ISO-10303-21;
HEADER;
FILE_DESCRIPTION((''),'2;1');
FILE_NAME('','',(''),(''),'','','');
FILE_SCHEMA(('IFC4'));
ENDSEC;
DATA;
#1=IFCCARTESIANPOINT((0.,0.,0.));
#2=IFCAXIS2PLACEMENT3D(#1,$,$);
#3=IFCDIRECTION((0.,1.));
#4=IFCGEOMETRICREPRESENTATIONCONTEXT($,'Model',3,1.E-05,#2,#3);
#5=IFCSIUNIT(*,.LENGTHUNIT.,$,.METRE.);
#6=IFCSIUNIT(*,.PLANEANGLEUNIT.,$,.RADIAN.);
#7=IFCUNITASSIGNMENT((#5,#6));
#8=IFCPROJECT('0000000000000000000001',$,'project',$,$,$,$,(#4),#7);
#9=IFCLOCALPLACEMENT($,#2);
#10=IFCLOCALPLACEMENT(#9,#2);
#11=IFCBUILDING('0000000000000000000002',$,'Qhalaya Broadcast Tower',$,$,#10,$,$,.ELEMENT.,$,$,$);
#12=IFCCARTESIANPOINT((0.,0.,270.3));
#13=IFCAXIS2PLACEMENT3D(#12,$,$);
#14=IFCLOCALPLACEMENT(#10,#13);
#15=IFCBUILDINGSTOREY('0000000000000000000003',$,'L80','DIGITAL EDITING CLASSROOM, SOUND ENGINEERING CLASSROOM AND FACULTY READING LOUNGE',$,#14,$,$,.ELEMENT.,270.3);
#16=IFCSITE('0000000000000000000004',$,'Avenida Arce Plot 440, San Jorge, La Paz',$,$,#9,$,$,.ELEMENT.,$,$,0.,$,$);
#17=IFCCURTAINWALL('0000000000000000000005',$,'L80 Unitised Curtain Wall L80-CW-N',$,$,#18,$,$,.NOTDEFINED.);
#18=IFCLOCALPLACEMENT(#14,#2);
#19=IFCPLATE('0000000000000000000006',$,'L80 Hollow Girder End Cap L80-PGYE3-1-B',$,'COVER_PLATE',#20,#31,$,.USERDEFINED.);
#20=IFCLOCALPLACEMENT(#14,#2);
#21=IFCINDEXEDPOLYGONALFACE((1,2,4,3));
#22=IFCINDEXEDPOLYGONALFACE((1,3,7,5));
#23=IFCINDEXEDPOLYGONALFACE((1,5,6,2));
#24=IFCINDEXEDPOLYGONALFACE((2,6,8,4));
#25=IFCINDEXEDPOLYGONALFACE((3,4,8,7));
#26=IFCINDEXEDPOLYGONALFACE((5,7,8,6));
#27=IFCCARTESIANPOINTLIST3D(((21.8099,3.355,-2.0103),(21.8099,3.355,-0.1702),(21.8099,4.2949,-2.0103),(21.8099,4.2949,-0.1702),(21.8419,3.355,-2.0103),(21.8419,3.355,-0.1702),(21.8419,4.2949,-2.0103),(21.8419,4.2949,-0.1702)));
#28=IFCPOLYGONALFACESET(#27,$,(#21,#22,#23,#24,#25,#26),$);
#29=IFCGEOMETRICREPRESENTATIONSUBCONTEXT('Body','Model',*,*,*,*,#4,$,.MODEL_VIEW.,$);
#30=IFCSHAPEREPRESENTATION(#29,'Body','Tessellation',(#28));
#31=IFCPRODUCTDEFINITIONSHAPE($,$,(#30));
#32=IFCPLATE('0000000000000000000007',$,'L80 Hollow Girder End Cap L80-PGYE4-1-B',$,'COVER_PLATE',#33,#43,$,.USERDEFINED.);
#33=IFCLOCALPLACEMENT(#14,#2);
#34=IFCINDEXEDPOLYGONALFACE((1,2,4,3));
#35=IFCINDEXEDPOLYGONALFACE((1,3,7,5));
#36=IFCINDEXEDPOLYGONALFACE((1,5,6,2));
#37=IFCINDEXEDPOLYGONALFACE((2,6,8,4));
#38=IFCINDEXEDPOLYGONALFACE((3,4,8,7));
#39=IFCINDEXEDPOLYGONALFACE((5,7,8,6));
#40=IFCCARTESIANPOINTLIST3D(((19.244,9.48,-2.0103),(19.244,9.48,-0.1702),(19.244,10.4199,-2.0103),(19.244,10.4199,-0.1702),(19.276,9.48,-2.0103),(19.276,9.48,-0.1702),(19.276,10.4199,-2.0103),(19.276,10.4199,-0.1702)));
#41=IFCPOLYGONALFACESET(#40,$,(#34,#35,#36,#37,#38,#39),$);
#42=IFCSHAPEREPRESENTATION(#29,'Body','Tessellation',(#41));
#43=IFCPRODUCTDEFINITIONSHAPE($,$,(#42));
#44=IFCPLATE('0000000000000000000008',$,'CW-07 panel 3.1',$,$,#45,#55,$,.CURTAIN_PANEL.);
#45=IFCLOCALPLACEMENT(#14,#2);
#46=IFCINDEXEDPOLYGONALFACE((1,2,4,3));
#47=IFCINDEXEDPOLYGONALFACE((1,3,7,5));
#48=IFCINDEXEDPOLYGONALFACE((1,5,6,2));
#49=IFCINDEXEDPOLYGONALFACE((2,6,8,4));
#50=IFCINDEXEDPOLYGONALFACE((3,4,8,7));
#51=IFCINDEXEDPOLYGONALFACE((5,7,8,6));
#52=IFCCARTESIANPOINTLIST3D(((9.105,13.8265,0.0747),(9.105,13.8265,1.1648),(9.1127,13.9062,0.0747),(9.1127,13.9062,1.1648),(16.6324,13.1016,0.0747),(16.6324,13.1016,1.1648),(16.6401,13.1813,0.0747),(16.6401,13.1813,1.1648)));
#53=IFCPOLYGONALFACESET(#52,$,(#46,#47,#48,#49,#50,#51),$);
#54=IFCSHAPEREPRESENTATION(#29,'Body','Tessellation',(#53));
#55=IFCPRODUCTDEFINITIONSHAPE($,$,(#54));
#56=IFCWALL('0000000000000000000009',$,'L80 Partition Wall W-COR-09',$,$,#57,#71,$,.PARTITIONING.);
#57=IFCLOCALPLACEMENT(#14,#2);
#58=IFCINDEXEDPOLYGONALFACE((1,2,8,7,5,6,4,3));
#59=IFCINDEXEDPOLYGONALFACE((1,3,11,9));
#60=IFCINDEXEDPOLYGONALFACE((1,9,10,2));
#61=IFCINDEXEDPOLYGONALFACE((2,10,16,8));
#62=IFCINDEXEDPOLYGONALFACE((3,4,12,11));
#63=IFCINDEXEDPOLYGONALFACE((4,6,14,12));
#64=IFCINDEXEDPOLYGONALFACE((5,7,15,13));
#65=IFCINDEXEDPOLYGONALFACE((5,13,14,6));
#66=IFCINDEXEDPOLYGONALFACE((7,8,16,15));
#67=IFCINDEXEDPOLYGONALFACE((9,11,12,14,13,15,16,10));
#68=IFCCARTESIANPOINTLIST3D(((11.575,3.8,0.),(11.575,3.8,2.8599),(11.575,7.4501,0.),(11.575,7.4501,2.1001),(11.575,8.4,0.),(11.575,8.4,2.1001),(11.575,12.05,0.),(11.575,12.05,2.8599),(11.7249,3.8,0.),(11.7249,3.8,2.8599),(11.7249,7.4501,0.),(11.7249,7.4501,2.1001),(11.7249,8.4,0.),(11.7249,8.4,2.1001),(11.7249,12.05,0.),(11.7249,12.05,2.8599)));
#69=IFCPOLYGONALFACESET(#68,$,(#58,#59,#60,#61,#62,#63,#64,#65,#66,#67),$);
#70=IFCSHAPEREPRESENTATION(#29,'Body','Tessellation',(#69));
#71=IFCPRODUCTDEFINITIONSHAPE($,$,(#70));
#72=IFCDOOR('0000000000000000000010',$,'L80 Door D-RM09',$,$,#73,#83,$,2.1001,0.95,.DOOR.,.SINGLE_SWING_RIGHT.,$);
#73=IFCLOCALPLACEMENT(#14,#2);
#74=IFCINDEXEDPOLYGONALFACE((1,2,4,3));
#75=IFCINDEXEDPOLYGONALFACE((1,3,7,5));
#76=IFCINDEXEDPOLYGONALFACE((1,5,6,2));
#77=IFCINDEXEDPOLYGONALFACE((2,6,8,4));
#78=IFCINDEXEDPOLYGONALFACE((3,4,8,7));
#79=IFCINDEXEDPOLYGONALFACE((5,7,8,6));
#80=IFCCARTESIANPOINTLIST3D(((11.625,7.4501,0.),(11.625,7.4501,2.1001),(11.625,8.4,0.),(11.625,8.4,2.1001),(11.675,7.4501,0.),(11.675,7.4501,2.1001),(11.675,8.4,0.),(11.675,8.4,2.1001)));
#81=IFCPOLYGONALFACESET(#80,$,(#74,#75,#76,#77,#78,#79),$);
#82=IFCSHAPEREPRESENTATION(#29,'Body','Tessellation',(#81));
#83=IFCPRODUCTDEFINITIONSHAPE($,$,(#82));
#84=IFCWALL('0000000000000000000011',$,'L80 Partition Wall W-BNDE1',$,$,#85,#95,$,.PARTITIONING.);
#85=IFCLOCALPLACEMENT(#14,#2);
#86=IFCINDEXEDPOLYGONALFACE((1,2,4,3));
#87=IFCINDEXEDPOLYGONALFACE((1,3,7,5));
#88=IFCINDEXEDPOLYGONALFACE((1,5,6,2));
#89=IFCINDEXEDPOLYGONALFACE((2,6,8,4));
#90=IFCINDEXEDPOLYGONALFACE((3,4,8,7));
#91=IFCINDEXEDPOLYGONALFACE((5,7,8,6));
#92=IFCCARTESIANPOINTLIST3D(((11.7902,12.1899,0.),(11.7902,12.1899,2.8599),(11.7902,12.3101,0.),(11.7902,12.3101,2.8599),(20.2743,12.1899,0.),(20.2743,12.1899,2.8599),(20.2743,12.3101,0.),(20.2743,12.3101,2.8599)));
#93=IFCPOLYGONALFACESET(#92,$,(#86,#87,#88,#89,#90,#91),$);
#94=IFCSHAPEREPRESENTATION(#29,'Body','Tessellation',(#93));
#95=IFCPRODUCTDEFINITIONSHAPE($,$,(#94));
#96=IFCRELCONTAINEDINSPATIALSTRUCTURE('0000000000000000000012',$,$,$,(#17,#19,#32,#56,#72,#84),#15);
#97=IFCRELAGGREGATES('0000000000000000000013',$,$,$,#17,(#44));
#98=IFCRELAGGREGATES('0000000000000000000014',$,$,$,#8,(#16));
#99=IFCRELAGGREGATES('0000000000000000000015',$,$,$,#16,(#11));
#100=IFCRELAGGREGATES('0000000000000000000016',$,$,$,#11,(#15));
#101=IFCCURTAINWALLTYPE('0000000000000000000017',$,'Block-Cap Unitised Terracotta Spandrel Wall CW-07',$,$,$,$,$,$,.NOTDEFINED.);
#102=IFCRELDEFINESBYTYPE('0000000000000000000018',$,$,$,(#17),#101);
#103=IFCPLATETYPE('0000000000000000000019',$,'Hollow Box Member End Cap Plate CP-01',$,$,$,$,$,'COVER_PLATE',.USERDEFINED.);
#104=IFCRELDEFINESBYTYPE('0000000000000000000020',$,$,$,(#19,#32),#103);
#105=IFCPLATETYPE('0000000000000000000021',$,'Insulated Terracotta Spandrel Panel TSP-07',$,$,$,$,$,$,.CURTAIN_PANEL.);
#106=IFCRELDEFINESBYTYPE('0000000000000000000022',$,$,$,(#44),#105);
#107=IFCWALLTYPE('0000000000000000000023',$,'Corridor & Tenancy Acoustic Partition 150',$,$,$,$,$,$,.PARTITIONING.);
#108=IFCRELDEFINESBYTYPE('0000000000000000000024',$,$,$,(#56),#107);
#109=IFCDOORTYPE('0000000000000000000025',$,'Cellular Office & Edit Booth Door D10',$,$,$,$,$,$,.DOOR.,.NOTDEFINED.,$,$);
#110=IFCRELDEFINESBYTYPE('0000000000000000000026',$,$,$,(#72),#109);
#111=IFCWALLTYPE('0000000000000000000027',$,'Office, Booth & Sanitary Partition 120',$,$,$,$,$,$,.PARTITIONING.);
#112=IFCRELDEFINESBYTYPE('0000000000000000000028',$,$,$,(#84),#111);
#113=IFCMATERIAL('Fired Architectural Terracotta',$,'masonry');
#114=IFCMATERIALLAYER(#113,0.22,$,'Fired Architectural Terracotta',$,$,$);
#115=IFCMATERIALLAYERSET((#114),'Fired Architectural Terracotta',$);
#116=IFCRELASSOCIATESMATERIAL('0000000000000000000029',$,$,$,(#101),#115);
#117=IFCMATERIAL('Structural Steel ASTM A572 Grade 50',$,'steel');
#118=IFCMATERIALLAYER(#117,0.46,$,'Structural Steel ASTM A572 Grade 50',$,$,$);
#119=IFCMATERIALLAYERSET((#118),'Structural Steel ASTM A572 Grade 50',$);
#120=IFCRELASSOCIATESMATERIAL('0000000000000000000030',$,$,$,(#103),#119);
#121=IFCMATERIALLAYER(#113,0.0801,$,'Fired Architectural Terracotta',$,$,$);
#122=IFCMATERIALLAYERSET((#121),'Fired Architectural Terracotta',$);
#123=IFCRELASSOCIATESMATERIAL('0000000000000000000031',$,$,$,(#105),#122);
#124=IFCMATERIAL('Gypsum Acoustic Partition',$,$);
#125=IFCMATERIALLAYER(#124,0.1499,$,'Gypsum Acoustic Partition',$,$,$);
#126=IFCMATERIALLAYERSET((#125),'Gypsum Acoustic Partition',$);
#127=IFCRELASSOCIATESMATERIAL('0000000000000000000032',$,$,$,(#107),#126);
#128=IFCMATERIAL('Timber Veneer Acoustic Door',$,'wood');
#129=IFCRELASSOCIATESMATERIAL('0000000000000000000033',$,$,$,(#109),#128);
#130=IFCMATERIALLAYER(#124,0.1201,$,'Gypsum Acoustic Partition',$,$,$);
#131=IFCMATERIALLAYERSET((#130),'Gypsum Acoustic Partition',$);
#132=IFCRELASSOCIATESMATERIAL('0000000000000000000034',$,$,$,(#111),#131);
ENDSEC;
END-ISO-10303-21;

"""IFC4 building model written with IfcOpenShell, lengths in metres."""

from ifc_helpers import new_model, si_unit, direction, frame, frame_2d, origin, origin_2d, place, context, subcontext, project, spatial, rectangle, extrude, material, layer, layer_set, type_object, element, fill, aggregate, save


model = new_model("IFC4")

# Units and contexts
model_context = context("Model", 3, precision=1e-05, world=origin(), true_north=direction((0.0, 1.0)))
body_context = subcontext(model_context, "Body", "Model", "MODEL_VIEW")
ifc_project = project(units=[si_unit("LENGTHUNIT", "METRE"), si_unit("PLANEANGLEUNIT", "RADIAN")], contexts=[model_context])

# Site, building, storey
site_placement = place(None, origin())
site = spatial("IfcSite", under=ifc_project, at=site_placement, Name="Avenida Arce Plot 440, San Jorge, La Paz", CompositionType="ELEMENT", RefElevation=0.0)
building_placement = place(site_placement, origin())
building = spatial("IfcBuilding", under=site, at=building_placement, Name="Qhalaya Broadcast Tower", CompositionType="ELEMENT")
storey_placement = place(building_placement, frame((0.0, 0.0, 270.3)))
storey = spatial("IfcBuildingStorey", under=building, at=storey_placement, Name="L80", Description="DIGITAL EDITING CLASSROOM, SOUND ENGINEERING CLASSROOM AND FACULTY READING LOUNGE", CompositionType="ELEMENT", Elevation=270.3)

# Shared definitions
ifc_material_1 = material(Name="Structural Steel ASTM A572 Grade 50", Category="steel")

# Curtain wall
ifc_material_2 = material(Name="Fired Architectural Terracotta", Category="masonry")
ifc_layer_1 = layer(ifc_material_2, 0.22, Name="Fired Architectural Terracotta")
ifc_layer_set_1 = layer_set([ifc_layer_1], Name="Fired Architectural Terracotta")
curtain_wall_type = type_object("IfcCurtainWallType", Name="Block-Cap Unitised Terracotta Spandrel Wall CW-07", PredefinedType="NOTDEFINED", material=ifc_layer_set_1)
curtain_wall_1_placement = place(storey_placement, origin())
curtain_wall_1 = element("IfcCurtainWall", 1, at=curtain_wall_1_placement, inside=storey, type_object=curtain_wall_type, Name="L80 Unitised Curtain Wall L80-CW-N", PredefinedType="NOTDEFINED")

# Plates
ifc_layer_2 = layer(ifc_material_1, 0.46, Name="Structural Steel ASTM A572 Grade 50")
ifc_layer_set_2 = layer_set([ifc_layer_2], Name="Structural Steel ASTM A572 Grade 50")
plate_type_1 = type_object("IfcPlateType", Name="Hollow Box Member End Cap Plate CP-01", ElementType="COVER_PLATE", PredefinedType="USERDEFINED", material=ifc_layer_set_2)
for number, where, z_axis, x_axis, name in (
    (2, (21.8259, 3.825, -2.0103), (0.0, 0.0, 1.0), (0.0, 1.0, 0.0), "L80 Hollow Girder End Cap L80-PGYE3-1-B"),
    (3, (19.26, 9.95, -2.0103), (0.0, 0.0, 1.0), (0.0, 1.0, 0.0), "L80 Hollow Girder End Cap L80-PGYE4-1-B"),
):
    element("IfcPlate", number, at=place(storey_placement, frame(where, z_axis=z_axis, x_axis=x_axis)), inside=storey, type_object=plate_type_1, Name=name, ObjectType="COVER_PLATE", PredefinedType="USERDEFINED", context=body_context, shape_type="SweptSolid", body=[
        extrude(rectangle(XDim=0.9399, YDim=0.032, at=origin_2d()), origin(), (0.0, 0.0, 1.0), 1.8401),
    ])

# Plate
ifc_layer_3 = layer(ifc_material_2, 0.0801, Name="Fired Architectural Terracotta")
ifc_layer_set_3 = layer_set([ifc_layer_3], Name="Fired Architectural Terracotta")
plate_type_2 = type_object("IfcPlateType", Name="Insulated Terracotta Spandrel Panel TSP-07", PredefinedType="CURTAIN_PANEL", material=ifc_layer_set_3)
plate_placement = place(storey_placement, frame((12.8726, 13.5039, 0.0747), z_axis=(0.0, 0.0, 1.0), x_axis=(0.995396, -0.095848, 0.0)))
plate = element("IfcPlate", 4, at=plate_placement, type_object=plate_type_2, Name="CW-07 panel 3.1", PredefinedType="CURTAIN_PANEL", context=body_context, shape_type="SweptSolid", body=[
    extrude(rectangle(XDim=7.5623, YDim=0.0801, at=origin_2d()), origin(), (0.0, 0.0, 1.0), 1.0901),
])
aggregate(curtain_wall_1, [plate])

# Wall, opening, door
ifc_material_3 = material(Name="Gypsum Acoustic Partition")
ifc_layer_4 = layer(ifc_material_3, 0.1499, Name="Gypsum Acoustic Partition")
ifc_layer_set_4 = layer_set([ifc_layer_4], Name="Gypsum Acoustic Partition")
wall_type_1 = type_object("IfcWallType", Name="Corridor & Tenancy Acoustic Partition 150", PredefinedType="PARTITIONING", material=ifc_layer_set_4)
wall_1_placement = place(storey_placement, frame((11.6499, 3.8, 0.0), z_axis=(0.0, 0.0, 1.0), x_axis=(0.0, 1.0, 0.0)))
wall_1 = element("IfcWall", 5, at=wall_1_placement, inside=storey, type_object=wall_type_1, Name="L80 Partition Wall W-COR-09", PredefinedType="PARTITIONING", context=body_context, shape_type="SweptSolid", body=[
    extrude(rectangle(XDim=8.25, YDim=0.1499, at=frame_2d((4.125, 0.0))), origin(), (0.0, 0.0, 1.0), 2.8599),
])
opening_placement = place(wall_1_placement, frame((3.6499, 0.0, 0.0)))
opening = element("IfcOpeningElement", 6, at=opening_placement, cuts=wall_1, PredefinedType="OPENING", context=body_context, shape_type="SweptSolid", body=[
    extrude(rectangle(XDim=0.95, YDim=2.1001, at=frame_2d((0.4751, 1.05))), frame((0.0, 0.0869, 0.0), z_axis=(0.0, -1.0, 0.0), x_axis=(1.0, 0.0, 0.0)), (0.0, 0.0, 1.0), 0.1738),
])
ifc_material_4 = material(Name="Timber Veneer Acoustic Door", Category="wood")
door_type = type_object("IfcDoorType", Name="Cellular Office & Edit Booth Door D10", OperationType="NOTDEFINED", PredefinedType="DOOR", material=ifc_material_4)
door_placement = place(opening_placement, origin())
door = element("IfcDoor", 7, at=door_placement, inside=storey, type_object=door_type, Name="L80 Door D-RM09", OperationType="SINGLE_SWING_RIGHT", OverallHeight=2.1001, OverallWidth=0.95, PredefinedType="DOOR", context=body_context, shape_type="SweptSolid", body=[
    extrude(rectangle(XDim=0.95, YDim=2.1001, at=frame_2d((0.4751, 1.05))), frame((0.0, 0.0249, 0.0), z_axis=(0.0, -1.0, 0.0), x_axis=(1.0, 0.0, 0.0)), (0.0, 0.0, 1.0), 0.05),
])
fill(opening, door)

# Wall
ifc_layer_5 = layer(ifc_material_3, 0.1201, Name="Gypsum Acoustic Partition")
ifc_layer_set_5 = layer_set([ifc_layer_5], Name="Gypsum Acoustic Partition")
wall_type_2 = type_object("IfcWallType", Name="Office, Booth & Sanitary Partition 120", PredefinedType="PARTITIONING", material=ifc_layer_set_5)
wall_2_placement = place(storey_placement, frame((11.79, 12.25, 0.0), z_axis=(0.0, 0.0, 1.0), x_axis=(1.0, 0.0, 0.0)))
element("IfcWall", 8, at=wall_2_placement, inside=storey, type_object=wall_type_2, Name="L80 Partition Wall W-BNDE1", PredefinedType="PARTITIONING", context=body_context, shape_type="SweptSolid", body=[
    extrude(rectangle(XDim=8.4841, YDim=0.1201, at=frame_2d((4.2422, 0.0))), origin(), (0.0, 0.0, 1.0), 2.8599),
])

save(model, "model.ifc")
